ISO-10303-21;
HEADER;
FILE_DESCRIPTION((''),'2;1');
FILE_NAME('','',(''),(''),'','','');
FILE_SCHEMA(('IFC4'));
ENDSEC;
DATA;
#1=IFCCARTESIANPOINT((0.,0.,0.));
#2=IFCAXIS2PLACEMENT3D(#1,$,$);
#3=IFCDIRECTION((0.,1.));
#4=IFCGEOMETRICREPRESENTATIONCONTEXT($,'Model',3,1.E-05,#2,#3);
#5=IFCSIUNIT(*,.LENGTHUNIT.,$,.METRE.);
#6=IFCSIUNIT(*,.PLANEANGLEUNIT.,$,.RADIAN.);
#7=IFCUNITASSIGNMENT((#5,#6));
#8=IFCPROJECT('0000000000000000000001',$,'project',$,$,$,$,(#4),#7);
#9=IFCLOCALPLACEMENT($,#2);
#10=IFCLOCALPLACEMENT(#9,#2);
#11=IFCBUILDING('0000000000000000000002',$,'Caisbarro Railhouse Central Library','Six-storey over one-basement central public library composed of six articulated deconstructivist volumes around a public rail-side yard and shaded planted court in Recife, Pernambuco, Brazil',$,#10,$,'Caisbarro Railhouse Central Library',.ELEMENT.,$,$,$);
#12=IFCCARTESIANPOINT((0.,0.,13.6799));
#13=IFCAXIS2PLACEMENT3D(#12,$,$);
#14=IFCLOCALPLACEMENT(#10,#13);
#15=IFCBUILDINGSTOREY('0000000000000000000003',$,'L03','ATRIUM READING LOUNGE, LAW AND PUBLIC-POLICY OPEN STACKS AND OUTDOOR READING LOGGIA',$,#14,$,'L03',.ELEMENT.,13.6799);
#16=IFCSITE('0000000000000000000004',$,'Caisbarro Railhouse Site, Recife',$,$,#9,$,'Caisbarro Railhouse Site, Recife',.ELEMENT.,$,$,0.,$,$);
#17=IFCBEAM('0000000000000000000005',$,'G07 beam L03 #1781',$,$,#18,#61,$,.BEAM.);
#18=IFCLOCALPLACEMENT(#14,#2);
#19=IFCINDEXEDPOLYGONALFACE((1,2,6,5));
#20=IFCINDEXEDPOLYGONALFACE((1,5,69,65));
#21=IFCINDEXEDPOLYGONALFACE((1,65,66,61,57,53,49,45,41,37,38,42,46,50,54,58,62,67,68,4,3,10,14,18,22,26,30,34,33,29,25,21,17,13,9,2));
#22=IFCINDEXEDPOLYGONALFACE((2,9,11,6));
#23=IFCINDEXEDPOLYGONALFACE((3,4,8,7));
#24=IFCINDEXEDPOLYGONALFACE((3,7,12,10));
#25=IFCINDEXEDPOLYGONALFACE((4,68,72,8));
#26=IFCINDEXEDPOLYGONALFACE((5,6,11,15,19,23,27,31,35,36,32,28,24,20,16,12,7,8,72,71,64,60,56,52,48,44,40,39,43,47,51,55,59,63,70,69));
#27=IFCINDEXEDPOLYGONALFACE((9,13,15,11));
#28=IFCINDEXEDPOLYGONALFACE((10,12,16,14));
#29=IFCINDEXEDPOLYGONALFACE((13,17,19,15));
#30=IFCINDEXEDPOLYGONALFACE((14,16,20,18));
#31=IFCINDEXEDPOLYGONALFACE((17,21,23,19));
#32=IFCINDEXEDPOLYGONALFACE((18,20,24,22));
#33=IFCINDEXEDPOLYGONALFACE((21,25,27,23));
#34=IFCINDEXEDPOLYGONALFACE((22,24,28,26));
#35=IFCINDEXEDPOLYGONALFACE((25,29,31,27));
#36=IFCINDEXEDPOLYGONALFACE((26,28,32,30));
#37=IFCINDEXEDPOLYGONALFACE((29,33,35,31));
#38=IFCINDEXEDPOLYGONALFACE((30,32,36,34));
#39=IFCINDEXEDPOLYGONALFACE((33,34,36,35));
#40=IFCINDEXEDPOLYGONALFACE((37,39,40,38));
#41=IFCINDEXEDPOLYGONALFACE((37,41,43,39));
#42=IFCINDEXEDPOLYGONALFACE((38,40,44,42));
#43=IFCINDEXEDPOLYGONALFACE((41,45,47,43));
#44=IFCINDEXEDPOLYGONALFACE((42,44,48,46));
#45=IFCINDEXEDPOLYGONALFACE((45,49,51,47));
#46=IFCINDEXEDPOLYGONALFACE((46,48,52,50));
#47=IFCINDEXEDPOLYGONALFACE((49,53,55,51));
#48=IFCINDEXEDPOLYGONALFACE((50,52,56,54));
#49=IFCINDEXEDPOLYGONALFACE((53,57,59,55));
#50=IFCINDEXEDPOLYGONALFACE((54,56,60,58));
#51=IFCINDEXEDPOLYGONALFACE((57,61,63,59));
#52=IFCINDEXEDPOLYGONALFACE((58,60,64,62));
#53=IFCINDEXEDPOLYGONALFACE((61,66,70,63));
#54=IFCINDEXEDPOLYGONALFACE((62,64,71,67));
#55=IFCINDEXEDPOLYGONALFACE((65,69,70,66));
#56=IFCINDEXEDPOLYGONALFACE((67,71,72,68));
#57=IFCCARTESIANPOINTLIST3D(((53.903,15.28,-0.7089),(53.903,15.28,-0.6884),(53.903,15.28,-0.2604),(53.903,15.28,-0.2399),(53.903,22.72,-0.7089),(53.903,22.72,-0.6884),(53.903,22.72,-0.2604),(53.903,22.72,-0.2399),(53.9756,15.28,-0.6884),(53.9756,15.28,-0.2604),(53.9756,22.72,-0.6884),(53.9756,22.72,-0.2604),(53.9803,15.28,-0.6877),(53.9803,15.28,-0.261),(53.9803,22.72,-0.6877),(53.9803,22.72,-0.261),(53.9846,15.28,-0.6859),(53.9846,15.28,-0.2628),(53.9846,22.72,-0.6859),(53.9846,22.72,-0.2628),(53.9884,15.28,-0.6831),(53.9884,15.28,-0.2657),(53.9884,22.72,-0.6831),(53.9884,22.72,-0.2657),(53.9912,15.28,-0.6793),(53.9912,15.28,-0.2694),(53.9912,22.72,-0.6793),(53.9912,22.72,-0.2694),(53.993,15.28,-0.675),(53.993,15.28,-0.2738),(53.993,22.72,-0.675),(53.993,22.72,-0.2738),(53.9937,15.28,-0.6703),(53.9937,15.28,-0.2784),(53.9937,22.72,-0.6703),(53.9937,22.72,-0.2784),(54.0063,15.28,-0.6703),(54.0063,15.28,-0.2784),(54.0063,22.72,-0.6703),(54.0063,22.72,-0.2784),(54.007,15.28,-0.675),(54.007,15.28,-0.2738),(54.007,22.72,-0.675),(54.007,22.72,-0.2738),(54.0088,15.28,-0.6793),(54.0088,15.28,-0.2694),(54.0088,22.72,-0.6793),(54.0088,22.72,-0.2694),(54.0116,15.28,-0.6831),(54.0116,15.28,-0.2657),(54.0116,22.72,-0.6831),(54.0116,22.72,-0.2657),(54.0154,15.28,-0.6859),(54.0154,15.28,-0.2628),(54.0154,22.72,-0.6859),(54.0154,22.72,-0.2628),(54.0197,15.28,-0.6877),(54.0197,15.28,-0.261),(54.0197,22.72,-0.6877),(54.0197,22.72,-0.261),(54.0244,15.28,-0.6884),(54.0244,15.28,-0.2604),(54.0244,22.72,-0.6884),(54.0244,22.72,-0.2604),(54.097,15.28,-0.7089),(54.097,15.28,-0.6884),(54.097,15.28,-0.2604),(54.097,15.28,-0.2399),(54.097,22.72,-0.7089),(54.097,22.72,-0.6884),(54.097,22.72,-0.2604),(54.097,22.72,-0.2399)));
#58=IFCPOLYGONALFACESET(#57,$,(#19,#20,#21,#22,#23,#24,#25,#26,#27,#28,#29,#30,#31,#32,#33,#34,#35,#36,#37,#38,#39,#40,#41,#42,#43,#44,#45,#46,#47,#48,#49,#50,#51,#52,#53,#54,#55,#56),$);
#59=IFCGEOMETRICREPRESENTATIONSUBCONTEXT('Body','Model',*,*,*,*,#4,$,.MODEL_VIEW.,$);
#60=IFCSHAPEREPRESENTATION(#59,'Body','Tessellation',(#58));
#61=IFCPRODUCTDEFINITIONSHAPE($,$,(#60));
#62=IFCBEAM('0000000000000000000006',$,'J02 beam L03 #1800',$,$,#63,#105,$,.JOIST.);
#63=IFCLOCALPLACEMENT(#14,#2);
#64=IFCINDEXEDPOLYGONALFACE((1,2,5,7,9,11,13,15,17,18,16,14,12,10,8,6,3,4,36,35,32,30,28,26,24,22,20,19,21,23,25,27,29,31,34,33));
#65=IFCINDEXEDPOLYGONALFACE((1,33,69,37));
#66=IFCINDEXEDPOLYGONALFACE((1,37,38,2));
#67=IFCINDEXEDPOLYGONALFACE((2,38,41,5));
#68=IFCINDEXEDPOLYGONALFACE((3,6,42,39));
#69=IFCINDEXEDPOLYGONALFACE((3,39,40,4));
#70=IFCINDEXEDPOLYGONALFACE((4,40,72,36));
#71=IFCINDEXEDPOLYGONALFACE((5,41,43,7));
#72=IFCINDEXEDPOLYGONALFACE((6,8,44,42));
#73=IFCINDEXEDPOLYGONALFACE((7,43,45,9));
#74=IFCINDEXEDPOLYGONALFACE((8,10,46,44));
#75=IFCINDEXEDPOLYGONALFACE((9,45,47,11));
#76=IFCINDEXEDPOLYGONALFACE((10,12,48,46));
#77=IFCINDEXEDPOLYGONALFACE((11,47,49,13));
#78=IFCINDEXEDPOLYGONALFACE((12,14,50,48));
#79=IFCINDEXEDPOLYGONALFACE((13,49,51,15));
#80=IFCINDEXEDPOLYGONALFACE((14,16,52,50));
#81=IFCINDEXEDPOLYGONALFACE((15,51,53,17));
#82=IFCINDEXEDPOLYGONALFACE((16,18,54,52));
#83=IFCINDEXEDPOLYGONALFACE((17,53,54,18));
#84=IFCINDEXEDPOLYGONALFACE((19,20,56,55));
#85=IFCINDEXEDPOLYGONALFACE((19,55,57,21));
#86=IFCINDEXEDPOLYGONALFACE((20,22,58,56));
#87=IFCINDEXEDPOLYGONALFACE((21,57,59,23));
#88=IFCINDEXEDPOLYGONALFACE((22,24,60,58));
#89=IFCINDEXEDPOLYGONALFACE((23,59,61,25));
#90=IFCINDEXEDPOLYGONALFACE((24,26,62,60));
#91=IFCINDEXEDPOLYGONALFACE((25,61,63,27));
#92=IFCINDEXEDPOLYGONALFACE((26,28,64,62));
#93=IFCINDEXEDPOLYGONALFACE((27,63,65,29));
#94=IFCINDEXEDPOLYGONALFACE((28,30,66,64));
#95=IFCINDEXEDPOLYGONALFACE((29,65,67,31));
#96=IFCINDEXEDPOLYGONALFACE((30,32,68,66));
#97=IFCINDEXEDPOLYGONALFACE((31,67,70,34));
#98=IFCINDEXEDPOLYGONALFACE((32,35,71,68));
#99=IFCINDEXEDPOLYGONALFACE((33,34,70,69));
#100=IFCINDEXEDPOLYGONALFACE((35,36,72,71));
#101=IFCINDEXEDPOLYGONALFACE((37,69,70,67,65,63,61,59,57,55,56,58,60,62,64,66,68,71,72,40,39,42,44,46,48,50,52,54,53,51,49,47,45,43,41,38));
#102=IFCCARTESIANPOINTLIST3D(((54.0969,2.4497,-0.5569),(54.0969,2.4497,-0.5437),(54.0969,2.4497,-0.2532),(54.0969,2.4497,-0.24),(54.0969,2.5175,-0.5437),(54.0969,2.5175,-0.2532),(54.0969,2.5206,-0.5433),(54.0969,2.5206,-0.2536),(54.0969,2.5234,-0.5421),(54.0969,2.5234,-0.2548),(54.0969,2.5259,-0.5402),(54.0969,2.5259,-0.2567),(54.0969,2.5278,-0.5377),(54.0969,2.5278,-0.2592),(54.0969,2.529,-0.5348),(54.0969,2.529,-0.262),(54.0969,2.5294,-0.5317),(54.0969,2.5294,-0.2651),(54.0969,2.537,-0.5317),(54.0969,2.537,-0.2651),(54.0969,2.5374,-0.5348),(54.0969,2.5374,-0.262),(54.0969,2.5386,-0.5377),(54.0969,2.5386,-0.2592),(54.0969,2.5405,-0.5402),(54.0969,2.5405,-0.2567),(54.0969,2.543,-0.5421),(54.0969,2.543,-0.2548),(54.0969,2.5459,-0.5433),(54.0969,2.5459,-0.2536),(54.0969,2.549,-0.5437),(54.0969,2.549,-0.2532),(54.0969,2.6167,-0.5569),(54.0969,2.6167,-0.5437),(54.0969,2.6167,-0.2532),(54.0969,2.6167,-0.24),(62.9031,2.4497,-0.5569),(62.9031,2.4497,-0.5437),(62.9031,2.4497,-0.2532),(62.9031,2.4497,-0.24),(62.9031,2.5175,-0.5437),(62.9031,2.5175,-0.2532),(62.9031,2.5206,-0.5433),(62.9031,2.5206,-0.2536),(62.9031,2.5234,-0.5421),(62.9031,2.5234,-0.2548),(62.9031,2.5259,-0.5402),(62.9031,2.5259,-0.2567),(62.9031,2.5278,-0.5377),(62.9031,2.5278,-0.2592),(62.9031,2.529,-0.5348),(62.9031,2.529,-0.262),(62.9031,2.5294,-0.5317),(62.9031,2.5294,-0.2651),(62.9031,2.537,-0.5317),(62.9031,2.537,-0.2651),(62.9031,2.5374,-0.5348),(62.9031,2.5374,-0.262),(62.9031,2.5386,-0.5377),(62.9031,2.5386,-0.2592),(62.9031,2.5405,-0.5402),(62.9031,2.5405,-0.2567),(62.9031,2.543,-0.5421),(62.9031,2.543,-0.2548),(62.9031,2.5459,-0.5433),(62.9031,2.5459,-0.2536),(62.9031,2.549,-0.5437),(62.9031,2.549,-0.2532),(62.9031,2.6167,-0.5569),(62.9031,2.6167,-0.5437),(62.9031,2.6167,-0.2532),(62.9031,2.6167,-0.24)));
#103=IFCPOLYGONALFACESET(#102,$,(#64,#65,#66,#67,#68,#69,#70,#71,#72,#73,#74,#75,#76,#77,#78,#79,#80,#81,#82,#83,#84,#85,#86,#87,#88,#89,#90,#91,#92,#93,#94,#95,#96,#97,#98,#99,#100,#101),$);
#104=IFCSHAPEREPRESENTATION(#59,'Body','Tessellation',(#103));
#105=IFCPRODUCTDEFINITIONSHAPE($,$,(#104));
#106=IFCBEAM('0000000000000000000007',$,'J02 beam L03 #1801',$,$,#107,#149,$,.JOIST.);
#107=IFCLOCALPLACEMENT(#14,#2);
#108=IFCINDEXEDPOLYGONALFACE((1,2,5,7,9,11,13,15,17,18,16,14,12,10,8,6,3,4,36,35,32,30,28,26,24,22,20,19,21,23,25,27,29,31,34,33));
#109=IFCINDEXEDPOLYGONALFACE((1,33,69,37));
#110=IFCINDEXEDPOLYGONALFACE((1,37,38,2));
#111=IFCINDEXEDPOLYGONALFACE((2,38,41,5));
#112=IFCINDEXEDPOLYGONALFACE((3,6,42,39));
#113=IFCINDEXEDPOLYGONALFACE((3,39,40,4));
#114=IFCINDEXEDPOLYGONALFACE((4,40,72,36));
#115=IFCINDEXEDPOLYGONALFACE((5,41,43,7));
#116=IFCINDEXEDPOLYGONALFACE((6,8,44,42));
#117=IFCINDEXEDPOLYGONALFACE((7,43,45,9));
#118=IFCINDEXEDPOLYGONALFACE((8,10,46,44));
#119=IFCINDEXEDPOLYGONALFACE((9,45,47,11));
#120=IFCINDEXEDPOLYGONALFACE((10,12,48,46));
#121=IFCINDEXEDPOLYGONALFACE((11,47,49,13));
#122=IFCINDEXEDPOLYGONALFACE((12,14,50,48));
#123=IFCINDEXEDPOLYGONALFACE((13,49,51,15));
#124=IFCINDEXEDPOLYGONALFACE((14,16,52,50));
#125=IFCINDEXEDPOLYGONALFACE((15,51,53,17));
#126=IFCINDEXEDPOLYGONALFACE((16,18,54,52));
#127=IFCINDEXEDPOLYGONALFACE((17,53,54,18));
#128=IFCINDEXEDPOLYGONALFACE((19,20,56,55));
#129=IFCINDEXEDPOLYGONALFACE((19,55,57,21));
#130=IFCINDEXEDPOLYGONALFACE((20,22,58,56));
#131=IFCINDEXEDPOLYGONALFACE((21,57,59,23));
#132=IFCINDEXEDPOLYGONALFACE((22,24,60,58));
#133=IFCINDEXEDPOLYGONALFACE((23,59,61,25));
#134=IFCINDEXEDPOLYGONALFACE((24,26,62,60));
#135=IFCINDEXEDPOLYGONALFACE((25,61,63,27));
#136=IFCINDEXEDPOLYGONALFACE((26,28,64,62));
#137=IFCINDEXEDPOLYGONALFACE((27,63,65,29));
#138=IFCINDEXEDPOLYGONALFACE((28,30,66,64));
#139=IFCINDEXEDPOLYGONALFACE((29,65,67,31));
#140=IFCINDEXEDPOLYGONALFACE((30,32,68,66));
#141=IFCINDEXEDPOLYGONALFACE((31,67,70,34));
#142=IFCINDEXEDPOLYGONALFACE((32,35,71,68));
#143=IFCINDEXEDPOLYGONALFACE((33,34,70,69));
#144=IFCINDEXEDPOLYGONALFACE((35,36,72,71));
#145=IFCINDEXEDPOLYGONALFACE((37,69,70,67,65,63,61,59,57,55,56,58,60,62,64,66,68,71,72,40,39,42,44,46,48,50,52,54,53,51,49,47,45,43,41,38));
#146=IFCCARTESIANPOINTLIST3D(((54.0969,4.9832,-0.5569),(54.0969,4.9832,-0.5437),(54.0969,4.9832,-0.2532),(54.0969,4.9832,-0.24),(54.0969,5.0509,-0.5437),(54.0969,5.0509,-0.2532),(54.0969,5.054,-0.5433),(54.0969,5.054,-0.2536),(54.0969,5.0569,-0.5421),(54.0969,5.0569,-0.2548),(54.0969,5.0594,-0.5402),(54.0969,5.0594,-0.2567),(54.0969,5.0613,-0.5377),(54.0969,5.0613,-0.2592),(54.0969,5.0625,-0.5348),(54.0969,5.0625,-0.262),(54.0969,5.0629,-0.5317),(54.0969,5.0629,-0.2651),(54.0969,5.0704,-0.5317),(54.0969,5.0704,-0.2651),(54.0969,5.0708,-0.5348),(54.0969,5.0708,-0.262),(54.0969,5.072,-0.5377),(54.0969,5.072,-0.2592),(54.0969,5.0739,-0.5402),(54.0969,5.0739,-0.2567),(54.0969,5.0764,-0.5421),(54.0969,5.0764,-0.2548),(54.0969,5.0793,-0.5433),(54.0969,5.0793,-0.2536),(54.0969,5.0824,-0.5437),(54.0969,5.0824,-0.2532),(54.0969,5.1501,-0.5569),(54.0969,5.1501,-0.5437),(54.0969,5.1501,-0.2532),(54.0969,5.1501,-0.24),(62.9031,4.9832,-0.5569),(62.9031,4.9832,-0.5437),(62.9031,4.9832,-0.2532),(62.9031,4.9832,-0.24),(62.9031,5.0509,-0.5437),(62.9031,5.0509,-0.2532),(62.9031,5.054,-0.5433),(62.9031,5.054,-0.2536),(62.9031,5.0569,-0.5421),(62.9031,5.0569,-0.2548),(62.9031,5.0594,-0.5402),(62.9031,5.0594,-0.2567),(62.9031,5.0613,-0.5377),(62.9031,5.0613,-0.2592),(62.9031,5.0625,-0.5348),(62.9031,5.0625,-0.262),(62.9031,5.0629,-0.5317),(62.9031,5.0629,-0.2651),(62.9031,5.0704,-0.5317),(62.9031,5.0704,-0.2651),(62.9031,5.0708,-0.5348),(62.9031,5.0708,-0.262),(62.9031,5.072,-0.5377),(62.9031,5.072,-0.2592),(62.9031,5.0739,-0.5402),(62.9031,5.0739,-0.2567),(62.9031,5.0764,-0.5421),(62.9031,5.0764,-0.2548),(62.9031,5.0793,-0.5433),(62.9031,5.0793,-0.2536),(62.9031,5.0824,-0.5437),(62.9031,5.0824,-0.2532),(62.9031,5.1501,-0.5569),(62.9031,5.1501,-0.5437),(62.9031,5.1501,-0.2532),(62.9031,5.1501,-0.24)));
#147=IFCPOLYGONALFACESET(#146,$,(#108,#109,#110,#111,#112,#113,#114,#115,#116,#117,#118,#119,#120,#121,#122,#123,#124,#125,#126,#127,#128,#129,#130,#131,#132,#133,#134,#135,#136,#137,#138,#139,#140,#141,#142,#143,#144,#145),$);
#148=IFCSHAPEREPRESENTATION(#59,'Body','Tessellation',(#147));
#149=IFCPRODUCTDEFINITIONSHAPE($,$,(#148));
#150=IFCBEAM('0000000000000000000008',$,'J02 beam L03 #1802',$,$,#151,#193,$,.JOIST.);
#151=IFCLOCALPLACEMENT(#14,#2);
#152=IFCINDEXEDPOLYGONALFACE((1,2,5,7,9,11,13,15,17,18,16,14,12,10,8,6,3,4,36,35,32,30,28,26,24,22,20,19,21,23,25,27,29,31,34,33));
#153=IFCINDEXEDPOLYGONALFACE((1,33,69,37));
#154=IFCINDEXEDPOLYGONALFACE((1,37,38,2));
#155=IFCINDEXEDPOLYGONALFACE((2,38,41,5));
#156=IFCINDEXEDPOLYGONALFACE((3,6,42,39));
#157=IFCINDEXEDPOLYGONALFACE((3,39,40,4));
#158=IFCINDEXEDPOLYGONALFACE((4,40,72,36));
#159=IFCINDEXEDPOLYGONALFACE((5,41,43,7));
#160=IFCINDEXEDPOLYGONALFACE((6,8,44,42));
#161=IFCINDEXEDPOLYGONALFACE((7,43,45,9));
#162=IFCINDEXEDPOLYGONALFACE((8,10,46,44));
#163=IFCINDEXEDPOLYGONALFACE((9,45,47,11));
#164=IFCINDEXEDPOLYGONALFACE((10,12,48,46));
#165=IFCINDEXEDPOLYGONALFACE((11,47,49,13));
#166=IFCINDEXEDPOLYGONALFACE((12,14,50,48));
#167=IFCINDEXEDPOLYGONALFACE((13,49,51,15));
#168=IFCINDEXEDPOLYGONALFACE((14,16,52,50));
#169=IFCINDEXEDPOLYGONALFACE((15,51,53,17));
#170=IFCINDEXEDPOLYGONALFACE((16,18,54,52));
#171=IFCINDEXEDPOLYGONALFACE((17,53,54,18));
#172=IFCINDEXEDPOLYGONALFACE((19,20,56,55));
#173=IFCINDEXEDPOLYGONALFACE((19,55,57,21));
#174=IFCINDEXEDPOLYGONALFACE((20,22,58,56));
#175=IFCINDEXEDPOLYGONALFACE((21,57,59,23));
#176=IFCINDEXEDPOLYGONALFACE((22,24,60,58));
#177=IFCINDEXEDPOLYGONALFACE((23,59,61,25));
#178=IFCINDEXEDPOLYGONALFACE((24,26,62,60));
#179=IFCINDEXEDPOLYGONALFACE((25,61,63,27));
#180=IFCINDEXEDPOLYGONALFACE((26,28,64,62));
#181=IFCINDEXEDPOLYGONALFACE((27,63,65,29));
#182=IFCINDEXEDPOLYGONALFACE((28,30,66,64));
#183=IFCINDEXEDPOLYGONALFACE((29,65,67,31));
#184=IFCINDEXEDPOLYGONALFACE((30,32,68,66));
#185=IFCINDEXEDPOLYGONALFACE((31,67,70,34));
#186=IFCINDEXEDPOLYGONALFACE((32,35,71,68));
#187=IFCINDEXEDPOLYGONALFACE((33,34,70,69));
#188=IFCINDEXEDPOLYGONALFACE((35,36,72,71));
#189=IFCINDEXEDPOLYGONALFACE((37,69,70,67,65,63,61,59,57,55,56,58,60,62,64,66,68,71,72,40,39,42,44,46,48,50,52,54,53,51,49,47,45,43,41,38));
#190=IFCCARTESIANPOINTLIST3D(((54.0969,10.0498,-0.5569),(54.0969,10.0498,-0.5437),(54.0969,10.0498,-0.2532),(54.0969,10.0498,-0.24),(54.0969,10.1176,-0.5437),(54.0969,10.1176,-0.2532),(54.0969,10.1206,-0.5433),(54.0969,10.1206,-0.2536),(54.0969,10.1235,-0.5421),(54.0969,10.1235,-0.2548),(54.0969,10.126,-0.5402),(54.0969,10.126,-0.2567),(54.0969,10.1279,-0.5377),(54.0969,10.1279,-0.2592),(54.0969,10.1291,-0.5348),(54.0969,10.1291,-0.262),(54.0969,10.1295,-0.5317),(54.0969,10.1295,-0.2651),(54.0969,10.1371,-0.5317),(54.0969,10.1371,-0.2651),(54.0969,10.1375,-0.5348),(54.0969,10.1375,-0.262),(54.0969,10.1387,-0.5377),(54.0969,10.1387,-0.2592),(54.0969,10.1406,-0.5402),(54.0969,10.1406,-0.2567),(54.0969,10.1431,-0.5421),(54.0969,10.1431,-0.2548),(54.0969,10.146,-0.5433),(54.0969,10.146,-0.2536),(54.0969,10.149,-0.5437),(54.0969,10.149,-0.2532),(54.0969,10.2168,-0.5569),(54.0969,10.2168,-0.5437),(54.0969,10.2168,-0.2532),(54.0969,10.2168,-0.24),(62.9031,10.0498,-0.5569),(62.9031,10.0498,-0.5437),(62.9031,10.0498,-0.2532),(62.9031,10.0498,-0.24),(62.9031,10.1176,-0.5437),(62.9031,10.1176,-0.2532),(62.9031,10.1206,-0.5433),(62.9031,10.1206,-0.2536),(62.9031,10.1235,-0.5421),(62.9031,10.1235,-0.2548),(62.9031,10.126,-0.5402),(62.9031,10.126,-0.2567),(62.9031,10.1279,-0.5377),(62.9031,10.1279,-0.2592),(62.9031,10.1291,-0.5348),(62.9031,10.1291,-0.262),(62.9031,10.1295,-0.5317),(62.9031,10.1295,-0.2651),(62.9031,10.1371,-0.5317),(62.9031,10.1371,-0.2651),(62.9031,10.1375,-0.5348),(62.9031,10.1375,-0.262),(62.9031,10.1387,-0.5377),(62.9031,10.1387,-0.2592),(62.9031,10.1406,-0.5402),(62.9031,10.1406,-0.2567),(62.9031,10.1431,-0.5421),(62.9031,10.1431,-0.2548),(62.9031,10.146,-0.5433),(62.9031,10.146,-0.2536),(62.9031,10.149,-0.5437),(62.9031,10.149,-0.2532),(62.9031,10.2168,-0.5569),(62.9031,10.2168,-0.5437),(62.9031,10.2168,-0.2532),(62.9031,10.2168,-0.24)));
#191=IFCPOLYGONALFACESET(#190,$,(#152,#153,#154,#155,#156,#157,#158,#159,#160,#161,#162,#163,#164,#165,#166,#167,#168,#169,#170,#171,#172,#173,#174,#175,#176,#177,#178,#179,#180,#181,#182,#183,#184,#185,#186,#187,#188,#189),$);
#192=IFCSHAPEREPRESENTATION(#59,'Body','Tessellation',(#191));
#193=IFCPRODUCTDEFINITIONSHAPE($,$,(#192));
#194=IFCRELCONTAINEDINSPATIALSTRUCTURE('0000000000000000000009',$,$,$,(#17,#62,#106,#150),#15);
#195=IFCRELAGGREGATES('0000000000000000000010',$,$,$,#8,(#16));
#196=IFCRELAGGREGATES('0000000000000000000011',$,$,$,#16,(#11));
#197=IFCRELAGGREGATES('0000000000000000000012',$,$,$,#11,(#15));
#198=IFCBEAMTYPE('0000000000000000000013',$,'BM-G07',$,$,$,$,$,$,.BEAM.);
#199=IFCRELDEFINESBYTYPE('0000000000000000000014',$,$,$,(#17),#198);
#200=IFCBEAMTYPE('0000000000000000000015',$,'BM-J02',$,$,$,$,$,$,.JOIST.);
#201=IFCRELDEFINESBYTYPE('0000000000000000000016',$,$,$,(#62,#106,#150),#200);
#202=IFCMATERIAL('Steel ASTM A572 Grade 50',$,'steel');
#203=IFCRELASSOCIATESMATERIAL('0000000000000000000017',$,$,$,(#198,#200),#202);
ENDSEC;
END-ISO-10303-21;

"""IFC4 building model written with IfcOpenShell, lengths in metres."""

from ifc_helpers import new_model, si_unit, direction, frame, origin, origin_2d, place, context, subcontext, project, spatial, i_section, extrude, material, material_profile, profile_set, type_object, element, save


model = new_model("IFC4")

# Units and contexts
model_context = context("Model", 3, precision=1e-05, world=origin(), true_north=direction((0.0, 1.0)))
body_context = subcontext(model_context, "Body", "Model", "MODEL_VIEW")
ifc_project = project(units=[si_unit("LENGTHUNIT", "METRE"), si_unit("PLANEANGLEUNIT", "RADIAN")], contexts=[model_context])

# Site, building, storey
site_placement = place(None, origin())
site = spatial("IfcSite", under=ifc_project, at=site_placement, Name="Caisbarro Railhouse Site, Recife", LongName="Caisbarro Railhouse Site, Recife", CompositionType="ELEMENT", RefElevation=0.0)
building_placement = place(site_placement, origin())
building = spatial("IfcBuilding", under=site, at=building_placement, Name="Caisbarro Railhouse Central Library", Description="Six-storey over one-basement central public library composed of six articulated deconstructivist volumes around a public rail-side yard and shaded planted court in Recife, Pernambuco, Brazil", LongName="Caisbarro Railhouse Central Library", CompositionType="ELEMENT")
storey_placement = place(building_placement, frame((0.0, 0.0, 13.6799)))
storey = spatial("IfcBuildingStorey", under=building, at=storey_placement, Name="L03", Description="ATRIUM READING LOUNGE, LAW AND PUBLIC-POLICY OPEN STACKS AND OUTDOOR READING LOGGIA", LongName="L03", CompositionType="ELEMENT", Elevation=13.6799)

# Shared definitions
ifc_material_1 = material(Name="Steel ASTM A572 Grade 50", Category="steel")

# Beams
ifc_material_profile_1 = material_profile(ifc_material_1, i_section(OverallWidth=0.1941, OverallDepth=0.469, WebThickness=0.0127, FlangeThickness=0.0205, FilletRadius=0.0181, at=origin_2d()), Name="W460X106.0")
ifc_profile_set_1 = profile_set([ifc_material_profile_1], Name="Steel ASTM A572 Grade 50")
beam_type_1 = type_object("IfcBeamType", Name="BM-G07", PredefinedType="BEAM", material=ifc_profile_set_1)
beam_1_placement = place(storey_placement, frame((54.0, 15.28, -0.4744), z_axis=(0.0, 1.0, 0.0), x_axis=(-1.0, 0.0, 0.0)))
element("IfcBeam", 1, at=beam_1_placement, inside=storey, type_object=beam_type_1, Name="G07 beam L03 #1781", PredefinedType="BEAM", context=body_context, shape_type="SweptSolid", body=[
    extrude(i_section(OverallWidth=0.1941, OverallDepth=0.469, WebThickness=0.0127, FlangeThickness=0.0205, FilletRadius=0.0181, at=origin_2d()), origin(), (0.0, 0.0, 1.0), 7.4399),
])
ifc_material_profile_2 = material_profile(ifc_material_1, i_section(OverallWidth=0.167, OverallDepth=0.3169, WebThickness=0.0076, FlangeThickness=0.0132, FilletRadius=0.012, at=origin_2d()), Name="W310X52.0")
ifc_profile_set_2 = profile_set([ifc_material_profile_2], Name="Steel ASTM A572 Grade 50")
beam_type_2 = type_object("IfcBeamType", Name="BM-J02", PredefinedType="JOIST", material=ifc_profile_set_2)
for number, where, z_axis, x_axis, name in (
    (2, (54.0969, 2.5332, -0.3984), (1.0, 0.0, 0.0), (0.0, 1.0, 0.0), "J02 beam L03 #1800"),
    (3, (54.0969, 5.0667, -0.3984), (1.0, 0.0, 0.0), (0.0, 1.0, 0.0), "J02 beam L03 #1801"),
    (4, (54.0969, 10.1333, -0.3984), (1.0, 0.0, 0.0), (0.0, 1.0, 0.0), "J02 beam L03 #1802"),
):
    element("IfcBeam", number, at=place(storey_placement, frame(where, z_axis=z_axis, x_axis=x_axis)), inside=storey, type_object=beam_type_2, Name=name, PredefinedType="JOIST", context=body_context, shape_type="SweptSolid", body=[
        extrude(i_section(OverallWidth=0.167, OverallDepth=0.3169, WebThickness=0.0076, FlangeThickness=0.0132, FilletRadius=0.012, at=origin_2d()), origin(), (0.0, 0.0, 1.0), 8.8062),
    ])

save(model, "model.ifc")
